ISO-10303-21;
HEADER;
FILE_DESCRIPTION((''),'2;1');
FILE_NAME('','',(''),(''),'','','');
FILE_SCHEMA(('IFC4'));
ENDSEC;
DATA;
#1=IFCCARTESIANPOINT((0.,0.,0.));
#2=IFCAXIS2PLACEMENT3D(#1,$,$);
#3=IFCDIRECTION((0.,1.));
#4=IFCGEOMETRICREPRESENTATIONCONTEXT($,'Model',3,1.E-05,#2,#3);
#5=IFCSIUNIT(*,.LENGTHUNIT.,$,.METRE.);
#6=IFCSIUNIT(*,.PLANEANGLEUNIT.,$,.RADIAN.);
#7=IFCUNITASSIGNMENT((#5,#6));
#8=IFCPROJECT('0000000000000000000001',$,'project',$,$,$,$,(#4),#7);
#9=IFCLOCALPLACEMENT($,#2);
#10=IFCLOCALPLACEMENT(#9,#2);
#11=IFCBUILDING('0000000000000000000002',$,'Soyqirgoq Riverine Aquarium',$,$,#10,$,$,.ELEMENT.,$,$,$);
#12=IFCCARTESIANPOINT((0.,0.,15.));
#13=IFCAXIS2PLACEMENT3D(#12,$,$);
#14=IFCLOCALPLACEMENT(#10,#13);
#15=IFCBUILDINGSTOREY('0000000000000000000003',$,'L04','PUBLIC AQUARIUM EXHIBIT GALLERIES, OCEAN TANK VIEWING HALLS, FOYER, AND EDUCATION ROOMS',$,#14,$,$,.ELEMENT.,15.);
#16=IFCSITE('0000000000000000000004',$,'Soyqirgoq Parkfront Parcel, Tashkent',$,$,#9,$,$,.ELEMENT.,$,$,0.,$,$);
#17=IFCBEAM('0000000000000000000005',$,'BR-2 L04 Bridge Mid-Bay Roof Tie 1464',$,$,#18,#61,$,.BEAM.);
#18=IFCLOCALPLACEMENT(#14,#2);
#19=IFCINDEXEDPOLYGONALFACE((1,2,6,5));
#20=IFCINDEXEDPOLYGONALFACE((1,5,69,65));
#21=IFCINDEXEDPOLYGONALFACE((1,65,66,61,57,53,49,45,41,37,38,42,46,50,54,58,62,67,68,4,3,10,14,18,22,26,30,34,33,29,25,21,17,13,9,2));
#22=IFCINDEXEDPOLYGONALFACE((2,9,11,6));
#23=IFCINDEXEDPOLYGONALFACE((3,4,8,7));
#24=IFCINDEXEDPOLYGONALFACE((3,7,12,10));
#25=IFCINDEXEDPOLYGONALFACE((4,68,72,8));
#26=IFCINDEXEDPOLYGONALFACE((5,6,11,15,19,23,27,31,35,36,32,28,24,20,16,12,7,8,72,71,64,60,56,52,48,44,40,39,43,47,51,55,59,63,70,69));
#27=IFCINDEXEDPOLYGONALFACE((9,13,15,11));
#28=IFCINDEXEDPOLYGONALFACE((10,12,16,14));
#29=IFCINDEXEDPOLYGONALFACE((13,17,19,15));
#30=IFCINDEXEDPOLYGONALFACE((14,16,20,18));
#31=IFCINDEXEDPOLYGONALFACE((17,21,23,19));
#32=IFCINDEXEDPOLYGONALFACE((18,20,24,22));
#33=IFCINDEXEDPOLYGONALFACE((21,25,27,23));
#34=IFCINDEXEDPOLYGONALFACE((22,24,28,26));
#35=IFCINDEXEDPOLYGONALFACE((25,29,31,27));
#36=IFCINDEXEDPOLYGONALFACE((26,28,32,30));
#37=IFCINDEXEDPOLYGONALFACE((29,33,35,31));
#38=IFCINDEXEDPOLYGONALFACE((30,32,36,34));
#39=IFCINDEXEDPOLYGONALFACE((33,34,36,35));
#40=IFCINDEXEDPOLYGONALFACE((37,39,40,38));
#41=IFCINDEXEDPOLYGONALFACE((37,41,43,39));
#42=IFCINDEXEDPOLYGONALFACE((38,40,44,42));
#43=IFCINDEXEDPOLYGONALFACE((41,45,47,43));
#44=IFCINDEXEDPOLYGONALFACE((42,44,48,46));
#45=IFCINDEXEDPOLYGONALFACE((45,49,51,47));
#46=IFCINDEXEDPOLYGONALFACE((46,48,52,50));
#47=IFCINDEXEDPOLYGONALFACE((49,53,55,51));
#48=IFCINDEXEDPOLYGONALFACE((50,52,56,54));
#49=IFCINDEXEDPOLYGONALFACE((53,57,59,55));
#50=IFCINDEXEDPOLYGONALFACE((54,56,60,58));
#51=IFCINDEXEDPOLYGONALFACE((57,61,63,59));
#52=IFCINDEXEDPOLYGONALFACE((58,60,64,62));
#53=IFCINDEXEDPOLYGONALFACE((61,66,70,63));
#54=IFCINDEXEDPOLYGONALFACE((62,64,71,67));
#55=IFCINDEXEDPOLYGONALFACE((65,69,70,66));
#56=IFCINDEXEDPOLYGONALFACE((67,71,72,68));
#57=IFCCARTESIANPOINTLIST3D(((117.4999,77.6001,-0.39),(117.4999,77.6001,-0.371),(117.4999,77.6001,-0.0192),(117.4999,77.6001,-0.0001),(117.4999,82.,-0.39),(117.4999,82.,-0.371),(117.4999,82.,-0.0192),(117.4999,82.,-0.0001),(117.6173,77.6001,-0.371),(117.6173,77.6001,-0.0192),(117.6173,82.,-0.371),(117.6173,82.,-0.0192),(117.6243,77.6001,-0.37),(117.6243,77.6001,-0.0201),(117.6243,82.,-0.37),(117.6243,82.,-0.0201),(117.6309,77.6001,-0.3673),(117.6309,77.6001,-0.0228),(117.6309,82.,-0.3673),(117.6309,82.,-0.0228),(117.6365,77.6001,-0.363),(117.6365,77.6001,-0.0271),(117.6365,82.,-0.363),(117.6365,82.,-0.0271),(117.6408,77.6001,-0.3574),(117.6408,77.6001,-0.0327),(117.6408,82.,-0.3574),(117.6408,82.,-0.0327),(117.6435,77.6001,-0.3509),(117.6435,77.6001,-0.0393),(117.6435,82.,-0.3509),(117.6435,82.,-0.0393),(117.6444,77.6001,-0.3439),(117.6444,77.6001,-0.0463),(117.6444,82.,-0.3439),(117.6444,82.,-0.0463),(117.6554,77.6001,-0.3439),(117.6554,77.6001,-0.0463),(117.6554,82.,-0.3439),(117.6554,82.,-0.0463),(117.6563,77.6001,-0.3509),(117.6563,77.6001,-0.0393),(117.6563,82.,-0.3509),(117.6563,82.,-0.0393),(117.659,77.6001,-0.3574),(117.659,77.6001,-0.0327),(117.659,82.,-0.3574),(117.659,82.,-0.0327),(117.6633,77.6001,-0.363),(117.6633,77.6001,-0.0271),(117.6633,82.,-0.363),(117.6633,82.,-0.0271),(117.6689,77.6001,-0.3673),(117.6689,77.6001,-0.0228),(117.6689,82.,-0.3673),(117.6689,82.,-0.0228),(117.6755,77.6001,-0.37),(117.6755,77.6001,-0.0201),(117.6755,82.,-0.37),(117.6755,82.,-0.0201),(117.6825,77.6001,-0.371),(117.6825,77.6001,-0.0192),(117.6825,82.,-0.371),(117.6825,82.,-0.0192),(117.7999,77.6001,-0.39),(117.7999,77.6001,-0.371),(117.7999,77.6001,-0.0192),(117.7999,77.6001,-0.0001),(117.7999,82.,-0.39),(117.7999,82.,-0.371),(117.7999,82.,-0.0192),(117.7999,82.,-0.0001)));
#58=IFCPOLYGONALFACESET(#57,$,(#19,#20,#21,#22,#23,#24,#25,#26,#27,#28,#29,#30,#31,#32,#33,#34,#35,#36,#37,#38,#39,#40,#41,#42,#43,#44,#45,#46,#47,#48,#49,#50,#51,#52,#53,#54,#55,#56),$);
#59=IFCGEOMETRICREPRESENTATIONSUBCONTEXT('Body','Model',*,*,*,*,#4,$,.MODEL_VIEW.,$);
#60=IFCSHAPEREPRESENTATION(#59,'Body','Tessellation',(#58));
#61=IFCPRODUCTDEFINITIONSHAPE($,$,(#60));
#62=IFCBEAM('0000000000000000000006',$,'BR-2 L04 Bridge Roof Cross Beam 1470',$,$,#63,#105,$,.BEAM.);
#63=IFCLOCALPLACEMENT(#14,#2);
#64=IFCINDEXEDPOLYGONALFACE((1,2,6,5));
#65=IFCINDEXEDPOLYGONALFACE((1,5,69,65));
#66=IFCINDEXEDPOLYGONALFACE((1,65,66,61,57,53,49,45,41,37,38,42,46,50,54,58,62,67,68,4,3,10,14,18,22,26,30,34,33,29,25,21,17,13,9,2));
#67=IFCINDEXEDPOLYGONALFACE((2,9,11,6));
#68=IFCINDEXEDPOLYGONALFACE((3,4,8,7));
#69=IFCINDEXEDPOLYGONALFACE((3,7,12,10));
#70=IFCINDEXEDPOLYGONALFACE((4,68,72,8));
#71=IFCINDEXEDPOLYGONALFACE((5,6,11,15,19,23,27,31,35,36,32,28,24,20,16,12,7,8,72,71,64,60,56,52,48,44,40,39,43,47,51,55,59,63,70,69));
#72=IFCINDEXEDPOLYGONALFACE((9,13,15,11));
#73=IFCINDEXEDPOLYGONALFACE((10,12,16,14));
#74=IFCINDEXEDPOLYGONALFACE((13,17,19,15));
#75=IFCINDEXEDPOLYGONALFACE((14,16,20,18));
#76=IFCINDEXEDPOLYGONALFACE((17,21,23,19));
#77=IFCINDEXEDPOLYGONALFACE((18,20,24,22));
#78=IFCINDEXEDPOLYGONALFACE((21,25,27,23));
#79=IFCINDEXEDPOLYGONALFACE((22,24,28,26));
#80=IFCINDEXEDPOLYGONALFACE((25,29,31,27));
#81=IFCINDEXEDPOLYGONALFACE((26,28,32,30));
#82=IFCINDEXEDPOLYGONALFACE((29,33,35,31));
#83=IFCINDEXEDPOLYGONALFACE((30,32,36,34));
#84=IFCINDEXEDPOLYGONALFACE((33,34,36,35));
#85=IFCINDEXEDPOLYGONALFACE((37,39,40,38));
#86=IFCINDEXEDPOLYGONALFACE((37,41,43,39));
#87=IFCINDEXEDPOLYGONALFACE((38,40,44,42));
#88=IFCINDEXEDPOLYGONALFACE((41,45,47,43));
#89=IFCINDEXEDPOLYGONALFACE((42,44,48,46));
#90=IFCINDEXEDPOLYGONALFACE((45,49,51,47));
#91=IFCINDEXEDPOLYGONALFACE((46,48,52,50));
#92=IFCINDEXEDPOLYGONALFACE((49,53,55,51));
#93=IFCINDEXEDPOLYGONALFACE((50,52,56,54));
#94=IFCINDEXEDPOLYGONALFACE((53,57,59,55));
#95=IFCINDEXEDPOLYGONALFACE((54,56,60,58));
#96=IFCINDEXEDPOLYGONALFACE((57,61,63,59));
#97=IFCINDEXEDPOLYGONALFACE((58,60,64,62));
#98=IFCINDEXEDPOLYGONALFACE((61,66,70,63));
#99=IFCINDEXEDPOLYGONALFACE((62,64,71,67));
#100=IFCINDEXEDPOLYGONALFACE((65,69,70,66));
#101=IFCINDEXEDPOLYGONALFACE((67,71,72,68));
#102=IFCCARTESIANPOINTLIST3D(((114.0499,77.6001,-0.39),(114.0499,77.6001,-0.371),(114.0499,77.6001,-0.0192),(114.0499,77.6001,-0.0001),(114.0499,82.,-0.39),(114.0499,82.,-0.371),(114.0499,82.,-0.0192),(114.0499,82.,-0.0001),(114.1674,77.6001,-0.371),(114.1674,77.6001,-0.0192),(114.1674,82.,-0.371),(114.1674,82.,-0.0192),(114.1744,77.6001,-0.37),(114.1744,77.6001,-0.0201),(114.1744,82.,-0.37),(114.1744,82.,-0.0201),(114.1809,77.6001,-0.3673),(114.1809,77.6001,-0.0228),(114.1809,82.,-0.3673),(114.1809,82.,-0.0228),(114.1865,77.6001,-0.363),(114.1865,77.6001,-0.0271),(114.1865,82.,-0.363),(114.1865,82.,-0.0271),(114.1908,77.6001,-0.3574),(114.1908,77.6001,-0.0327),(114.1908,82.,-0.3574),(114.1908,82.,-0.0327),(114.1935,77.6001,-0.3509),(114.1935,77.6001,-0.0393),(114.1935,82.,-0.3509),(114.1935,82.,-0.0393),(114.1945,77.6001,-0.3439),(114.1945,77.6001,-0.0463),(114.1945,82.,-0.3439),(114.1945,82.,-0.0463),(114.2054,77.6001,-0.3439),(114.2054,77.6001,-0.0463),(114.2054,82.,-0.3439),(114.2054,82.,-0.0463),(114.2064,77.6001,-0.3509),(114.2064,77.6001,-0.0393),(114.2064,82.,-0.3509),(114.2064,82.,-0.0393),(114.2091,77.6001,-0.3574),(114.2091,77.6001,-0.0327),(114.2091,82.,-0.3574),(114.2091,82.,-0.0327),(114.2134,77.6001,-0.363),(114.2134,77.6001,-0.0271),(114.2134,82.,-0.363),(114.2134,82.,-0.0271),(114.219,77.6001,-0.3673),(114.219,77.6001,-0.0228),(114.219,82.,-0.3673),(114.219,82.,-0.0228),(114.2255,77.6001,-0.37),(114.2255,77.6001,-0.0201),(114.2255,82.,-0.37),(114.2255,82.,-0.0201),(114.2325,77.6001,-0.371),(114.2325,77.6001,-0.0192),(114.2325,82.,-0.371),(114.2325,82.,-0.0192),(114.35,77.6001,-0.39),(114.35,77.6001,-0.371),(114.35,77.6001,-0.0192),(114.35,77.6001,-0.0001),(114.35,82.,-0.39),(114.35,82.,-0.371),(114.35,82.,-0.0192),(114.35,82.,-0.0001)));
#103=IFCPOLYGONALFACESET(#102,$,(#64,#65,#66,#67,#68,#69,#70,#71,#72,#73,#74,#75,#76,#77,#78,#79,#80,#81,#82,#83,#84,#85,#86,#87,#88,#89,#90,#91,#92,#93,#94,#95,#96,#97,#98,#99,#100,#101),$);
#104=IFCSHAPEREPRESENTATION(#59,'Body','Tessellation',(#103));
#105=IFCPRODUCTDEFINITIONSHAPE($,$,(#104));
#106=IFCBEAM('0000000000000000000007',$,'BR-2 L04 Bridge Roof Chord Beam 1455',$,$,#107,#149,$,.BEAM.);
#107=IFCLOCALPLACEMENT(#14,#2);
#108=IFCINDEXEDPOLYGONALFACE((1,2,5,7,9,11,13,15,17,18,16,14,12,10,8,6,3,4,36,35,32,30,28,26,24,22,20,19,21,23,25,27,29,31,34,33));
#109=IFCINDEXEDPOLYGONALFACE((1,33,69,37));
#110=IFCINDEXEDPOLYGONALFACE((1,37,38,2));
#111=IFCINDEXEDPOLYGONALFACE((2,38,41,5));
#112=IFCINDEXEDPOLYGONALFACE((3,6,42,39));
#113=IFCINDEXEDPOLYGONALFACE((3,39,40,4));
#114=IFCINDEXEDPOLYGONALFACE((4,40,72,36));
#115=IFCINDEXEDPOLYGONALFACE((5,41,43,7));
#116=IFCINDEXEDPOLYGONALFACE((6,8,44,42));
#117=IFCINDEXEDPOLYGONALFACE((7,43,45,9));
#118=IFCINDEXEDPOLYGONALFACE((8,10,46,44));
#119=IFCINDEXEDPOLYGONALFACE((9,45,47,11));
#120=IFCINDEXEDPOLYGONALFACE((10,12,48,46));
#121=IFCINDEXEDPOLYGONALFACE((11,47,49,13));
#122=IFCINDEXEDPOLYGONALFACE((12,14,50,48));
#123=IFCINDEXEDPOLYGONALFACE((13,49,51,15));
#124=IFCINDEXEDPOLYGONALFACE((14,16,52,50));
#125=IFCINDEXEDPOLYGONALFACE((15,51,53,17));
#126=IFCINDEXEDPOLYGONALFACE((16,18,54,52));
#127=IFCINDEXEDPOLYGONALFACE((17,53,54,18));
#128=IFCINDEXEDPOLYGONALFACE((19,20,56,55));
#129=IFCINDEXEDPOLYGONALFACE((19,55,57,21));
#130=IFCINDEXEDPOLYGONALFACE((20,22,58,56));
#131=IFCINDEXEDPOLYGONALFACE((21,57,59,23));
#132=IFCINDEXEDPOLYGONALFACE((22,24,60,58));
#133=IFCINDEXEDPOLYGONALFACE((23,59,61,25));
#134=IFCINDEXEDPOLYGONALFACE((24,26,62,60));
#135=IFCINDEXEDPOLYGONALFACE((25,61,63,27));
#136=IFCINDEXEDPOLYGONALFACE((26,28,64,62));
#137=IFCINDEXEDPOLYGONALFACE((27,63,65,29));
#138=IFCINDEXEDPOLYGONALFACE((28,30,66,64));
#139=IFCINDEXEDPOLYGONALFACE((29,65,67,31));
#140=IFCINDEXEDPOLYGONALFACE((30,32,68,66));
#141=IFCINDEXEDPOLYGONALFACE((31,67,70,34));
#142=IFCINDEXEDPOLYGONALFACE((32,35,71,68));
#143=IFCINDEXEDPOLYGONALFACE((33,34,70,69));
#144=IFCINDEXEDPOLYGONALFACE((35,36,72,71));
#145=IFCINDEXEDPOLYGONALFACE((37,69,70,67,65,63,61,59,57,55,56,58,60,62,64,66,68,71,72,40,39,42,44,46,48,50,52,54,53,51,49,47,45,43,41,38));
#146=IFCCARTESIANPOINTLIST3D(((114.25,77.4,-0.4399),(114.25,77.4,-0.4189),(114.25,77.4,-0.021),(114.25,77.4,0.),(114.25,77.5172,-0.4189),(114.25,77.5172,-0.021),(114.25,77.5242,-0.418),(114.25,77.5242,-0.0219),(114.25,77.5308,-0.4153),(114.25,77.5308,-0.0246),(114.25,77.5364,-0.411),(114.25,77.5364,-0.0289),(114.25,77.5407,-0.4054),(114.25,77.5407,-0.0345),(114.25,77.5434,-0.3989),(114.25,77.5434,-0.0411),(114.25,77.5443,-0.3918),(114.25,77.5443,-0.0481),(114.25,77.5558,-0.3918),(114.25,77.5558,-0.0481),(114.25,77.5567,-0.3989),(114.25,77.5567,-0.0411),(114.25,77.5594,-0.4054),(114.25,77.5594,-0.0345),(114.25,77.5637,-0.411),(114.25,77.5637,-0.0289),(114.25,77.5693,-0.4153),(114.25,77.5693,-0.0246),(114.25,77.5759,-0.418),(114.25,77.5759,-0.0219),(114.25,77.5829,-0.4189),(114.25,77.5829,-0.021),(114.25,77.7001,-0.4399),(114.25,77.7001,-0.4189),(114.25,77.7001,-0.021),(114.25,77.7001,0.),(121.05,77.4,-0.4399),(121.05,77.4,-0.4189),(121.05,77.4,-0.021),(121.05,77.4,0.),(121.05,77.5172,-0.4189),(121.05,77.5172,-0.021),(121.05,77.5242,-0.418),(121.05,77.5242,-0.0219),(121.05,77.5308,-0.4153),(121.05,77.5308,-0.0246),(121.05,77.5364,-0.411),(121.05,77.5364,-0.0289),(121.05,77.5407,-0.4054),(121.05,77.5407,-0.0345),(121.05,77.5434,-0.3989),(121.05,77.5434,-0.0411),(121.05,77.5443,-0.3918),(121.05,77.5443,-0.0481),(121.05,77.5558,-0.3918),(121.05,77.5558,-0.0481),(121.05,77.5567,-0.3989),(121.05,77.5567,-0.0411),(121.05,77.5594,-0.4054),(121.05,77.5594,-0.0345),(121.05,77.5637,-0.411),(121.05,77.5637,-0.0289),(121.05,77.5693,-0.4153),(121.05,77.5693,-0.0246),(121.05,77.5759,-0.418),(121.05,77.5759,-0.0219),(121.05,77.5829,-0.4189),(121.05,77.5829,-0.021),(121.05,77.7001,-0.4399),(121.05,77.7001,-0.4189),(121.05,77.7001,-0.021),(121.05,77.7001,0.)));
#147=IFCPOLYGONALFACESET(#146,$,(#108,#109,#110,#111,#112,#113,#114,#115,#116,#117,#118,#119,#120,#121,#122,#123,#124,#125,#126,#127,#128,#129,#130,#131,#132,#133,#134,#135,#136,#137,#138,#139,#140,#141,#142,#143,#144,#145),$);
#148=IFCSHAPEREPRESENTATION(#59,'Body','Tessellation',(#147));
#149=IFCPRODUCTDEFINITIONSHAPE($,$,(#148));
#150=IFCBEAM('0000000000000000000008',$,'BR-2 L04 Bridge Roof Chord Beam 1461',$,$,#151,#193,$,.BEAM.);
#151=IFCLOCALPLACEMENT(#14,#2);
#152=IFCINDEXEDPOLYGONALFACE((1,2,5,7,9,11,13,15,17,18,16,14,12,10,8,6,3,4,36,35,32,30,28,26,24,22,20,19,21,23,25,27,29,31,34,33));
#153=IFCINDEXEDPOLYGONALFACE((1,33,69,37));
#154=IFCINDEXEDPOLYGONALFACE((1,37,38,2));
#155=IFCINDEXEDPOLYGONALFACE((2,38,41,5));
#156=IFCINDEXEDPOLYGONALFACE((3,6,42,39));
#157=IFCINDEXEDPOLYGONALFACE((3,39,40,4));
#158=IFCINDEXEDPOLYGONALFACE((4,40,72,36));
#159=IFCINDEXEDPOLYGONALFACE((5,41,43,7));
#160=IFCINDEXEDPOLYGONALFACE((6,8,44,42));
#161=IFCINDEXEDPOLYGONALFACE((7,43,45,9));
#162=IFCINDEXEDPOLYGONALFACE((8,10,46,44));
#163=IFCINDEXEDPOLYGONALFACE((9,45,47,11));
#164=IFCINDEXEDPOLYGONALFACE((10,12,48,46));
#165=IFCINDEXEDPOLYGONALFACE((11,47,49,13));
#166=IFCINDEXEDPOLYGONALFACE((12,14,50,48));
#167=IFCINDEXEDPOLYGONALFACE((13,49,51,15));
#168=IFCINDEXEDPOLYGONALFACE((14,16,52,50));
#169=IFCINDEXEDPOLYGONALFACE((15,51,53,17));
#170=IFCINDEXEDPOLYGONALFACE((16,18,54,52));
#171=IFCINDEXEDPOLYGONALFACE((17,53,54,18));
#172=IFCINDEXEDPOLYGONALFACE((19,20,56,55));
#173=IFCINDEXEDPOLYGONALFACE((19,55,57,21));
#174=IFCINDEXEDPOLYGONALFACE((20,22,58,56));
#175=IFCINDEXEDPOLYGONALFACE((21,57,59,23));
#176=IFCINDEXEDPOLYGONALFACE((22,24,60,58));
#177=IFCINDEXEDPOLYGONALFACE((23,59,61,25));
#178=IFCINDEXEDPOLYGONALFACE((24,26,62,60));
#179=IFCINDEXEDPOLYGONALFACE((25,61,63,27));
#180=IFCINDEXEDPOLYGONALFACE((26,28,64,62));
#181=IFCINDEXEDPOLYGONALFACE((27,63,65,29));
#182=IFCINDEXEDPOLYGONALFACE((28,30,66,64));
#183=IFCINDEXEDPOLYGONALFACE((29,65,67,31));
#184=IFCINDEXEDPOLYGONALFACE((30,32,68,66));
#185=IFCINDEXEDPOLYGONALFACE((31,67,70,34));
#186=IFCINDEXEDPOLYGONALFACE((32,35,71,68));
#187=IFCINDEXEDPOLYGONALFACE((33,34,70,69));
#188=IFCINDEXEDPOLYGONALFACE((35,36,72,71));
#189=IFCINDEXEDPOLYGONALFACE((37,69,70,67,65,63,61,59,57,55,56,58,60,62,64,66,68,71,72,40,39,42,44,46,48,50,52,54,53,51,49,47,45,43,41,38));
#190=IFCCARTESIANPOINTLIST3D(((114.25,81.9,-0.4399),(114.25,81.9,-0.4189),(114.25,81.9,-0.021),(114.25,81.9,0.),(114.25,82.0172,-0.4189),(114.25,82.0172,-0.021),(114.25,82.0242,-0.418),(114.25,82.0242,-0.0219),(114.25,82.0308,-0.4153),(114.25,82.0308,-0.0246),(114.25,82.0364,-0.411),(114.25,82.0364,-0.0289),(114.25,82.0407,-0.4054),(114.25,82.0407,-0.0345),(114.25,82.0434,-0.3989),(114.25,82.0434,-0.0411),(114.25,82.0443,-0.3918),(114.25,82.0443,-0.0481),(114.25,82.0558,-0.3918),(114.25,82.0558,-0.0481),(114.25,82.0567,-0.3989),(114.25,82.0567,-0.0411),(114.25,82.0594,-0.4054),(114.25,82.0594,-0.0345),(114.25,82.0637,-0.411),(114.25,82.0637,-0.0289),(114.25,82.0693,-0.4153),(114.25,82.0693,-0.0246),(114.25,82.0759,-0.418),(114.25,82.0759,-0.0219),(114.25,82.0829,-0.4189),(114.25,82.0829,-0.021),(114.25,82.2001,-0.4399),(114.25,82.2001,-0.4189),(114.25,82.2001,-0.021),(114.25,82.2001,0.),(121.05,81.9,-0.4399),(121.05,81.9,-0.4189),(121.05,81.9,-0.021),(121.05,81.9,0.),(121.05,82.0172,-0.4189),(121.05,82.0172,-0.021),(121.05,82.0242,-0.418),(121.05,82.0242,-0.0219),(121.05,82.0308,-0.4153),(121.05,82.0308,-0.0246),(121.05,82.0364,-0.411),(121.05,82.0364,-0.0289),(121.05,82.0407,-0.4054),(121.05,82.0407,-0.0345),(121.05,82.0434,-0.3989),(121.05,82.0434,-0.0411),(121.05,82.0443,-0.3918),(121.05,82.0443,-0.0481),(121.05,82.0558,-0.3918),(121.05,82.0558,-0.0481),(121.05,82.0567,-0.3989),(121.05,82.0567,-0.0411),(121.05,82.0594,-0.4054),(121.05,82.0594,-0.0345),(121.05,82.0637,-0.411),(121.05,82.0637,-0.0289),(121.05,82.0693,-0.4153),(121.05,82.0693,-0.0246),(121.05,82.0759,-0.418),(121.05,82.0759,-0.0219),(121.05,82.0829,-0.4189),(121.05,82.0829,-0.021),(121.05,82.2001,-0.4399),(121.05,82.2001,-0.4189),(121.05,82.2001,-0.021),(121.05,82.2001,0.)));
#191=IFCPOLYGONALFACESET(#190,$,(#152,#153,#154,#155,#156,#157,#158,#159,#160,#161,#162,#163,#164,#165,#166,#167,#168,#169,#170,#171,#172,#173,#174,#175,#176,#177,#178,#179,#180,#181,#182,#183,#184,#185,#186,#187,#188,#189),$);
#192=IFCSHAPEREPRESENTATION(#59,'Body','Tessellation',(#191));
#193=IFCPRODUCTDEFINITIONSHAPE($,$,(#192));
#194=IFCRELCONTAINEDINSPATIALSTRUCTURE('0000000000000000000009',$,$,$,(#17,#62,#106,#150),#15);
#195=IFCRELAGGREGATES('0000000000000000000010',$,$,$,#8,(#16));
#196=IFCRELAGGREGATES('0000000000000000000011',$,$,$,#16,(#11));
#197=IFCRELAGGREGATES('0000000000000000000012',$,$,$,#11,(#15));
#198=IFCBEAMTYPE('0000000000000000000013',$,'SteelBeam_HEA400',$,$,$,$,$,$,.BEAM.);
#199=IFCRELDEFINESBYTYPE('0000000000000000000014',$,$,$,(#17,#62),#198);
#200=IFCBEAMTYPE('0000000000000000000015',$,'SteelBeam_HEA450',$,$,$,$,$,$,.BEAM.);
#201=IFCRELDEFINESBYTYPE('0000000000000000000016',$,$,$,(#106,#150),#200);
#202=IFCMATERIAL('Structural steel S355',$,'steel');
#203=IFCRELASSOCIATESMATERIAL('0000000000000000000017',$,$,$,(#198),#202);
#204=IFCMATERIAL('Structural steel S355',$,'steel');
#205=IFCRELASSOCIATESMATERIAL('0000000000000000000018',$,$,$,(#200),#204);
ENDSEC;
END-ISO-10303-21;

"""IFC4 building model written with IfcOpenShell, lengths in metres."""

from ifc_helpers import new_model, si_unit, direction, frame, origin, origin_2d, place, context, subcontext, project, spatial, i_section, extrude, material, material_profile, profile_set, type_object, element, save


model = new_model("IFC4")

# Units and contexts
model_context = context("Model", 3, precision=1e-05, world=origin(), true_north=direction((0.0, 1.0)))
body_context = subcontext(model_context, "Body", "Model", "MODEL_VIEW")
ifc_project = project(units=[si_unit("LENGTHUNIT", "METRE"), si_unit("PLANEANGLEUNIT", "RADIAN")], contexts=[model_context])

# Site, building, storey
site_placement = place(None, origin())
site = spatial("IfcSite", under=ifc_project, at=site_placement, Name="Soyqirgoq Parkfront Parcel, Tashkent", CompositionType="ELEMENT", RefElevation=0.0)
building_placement = place(site_placement, origin())
building = spatial("IfcBuilding", under=site, at=building_placement, Name="Soyqirgoq Riverine Aquarium", CompositionType="ELEMENT")
storey_placement = place(building_placement, frame((0.0, 0.0, 15.0)))
storey = spatial("IfcBuildingStorey", under=building, at=storey_placement, Name="L04", Description="PUBLIC AQUARIUM EXHIBIT GALLERIES, OCEAN TANK VIEWING HALLS, FOYER, AND EDUCATION ROOMS", CompositionType="ELEMENT", Elevation=15.0)

# Beams
ifc_material_1 = material(Name="Structural steel S355", Category="steel")
ifc_material_profile_1 = material_profile(ifc_material_1, i_section(OverallWidth=0.3, OverallDepth=0.3899, WebThickness=0.011, FlangeThickness=0.019, FilletRadius=0.0271, at=origin_2d()), Name="HEA 400")
ifc_profile_set_1 = profile_set([ifc_material_profile_1], Name="Structural steel S355")
beam_type_1 = type_object("IfcBeamType", Name="SteelBeam_HEA400", PredefinedType="BEAM", material=ifc_profile_set_1)
for number, where, z_axis, x_axis, name in (
    (1, (117.6499, 77.6001, -0.1951), (0.0, 1.0, 0.0), (-1.0, 0.0, 0.0), "BR-2 L04 Bridge Mid-Bay Roof Tie 1464"),
    (2, (114.2, 77.6001, -0.1951), (0.0, 1.0, 0.0), (-1.0, 0.0, 0.0), "BR-2 L04 Bridge Roof Cross Beam 1470"),
):
    element("IfcBeam", number, at=place(storey_placement, frame(where, z_axis=z_axis, x_axis=x_axis)), inside=storey, type_object=beam_type_1, Name=name, PredefinedType="BEAM", context=body_context, shape_type="SweptSolid", body=[
        extrude(i_section(OverallWidth=0.3, OverallDepth=0.3899, WebThickness=0.011, FlangeThickness=0.019, FilletRadius=0.0271, at=origin_2d()), origin(), (0.0, 0.0, 1.0), 4.3999),
    ])
ifc_material_2 = material(Name="Structural steel S355", Category="steel")
ifc_material_profile_2 = material_profile(ifc_material_2, i_section(OverallWidth=0.3, OverallDepth=0.4399, WebThickness=0.0115, FlangeThickness=0.021, FilletRadius=0.0271, at=origin_2d()), Name="HEA 450")
ifc_profile_set_2 = profile_set([ifc_material_profile_2], Name="Structural steel S355")
beam_type_2 = type_object("IfcBeamType", Name="SteelBeam_HEA450", PredefinedType="BEAM", material=ifc_profile_set_2)
for number, where, z_axis, x_axis, name in (
    (3, (114.25, 77.55, -0.22), (1.0, 0.0, 0.0), (0.0, 1.0, 0.0), "BR-2 L04 Bridge Roof Chord Beam 1455"),
    (4, (114.25, 82.05, -0.22), (1.0, 0.0, 0.0), (0.0, 1.0, 0.0), "BR-2 L04 Bridge Roof Chord Beam 1461"),
):
    element("IfcBeam", number, at=place(storey_placement, frame(where, z_axis=z_axis, x_axis=x_axis)), inside=storey, type_object=beam_type_2, Name=name, PredefinedType="BEAM", context=body_context, shape_type="SweptSolid", body=[
        extrude(i_section(OverallWidth=0.3, OverallDepth=0.4399, WebThickness=0.0115, FlangeThickness=0.021, FilletRadius=0.0271, at=origin_2d()), origin(), (0.0, 0.0, 1.0), 6.8),
    ])

save(model, "model.ifc")
